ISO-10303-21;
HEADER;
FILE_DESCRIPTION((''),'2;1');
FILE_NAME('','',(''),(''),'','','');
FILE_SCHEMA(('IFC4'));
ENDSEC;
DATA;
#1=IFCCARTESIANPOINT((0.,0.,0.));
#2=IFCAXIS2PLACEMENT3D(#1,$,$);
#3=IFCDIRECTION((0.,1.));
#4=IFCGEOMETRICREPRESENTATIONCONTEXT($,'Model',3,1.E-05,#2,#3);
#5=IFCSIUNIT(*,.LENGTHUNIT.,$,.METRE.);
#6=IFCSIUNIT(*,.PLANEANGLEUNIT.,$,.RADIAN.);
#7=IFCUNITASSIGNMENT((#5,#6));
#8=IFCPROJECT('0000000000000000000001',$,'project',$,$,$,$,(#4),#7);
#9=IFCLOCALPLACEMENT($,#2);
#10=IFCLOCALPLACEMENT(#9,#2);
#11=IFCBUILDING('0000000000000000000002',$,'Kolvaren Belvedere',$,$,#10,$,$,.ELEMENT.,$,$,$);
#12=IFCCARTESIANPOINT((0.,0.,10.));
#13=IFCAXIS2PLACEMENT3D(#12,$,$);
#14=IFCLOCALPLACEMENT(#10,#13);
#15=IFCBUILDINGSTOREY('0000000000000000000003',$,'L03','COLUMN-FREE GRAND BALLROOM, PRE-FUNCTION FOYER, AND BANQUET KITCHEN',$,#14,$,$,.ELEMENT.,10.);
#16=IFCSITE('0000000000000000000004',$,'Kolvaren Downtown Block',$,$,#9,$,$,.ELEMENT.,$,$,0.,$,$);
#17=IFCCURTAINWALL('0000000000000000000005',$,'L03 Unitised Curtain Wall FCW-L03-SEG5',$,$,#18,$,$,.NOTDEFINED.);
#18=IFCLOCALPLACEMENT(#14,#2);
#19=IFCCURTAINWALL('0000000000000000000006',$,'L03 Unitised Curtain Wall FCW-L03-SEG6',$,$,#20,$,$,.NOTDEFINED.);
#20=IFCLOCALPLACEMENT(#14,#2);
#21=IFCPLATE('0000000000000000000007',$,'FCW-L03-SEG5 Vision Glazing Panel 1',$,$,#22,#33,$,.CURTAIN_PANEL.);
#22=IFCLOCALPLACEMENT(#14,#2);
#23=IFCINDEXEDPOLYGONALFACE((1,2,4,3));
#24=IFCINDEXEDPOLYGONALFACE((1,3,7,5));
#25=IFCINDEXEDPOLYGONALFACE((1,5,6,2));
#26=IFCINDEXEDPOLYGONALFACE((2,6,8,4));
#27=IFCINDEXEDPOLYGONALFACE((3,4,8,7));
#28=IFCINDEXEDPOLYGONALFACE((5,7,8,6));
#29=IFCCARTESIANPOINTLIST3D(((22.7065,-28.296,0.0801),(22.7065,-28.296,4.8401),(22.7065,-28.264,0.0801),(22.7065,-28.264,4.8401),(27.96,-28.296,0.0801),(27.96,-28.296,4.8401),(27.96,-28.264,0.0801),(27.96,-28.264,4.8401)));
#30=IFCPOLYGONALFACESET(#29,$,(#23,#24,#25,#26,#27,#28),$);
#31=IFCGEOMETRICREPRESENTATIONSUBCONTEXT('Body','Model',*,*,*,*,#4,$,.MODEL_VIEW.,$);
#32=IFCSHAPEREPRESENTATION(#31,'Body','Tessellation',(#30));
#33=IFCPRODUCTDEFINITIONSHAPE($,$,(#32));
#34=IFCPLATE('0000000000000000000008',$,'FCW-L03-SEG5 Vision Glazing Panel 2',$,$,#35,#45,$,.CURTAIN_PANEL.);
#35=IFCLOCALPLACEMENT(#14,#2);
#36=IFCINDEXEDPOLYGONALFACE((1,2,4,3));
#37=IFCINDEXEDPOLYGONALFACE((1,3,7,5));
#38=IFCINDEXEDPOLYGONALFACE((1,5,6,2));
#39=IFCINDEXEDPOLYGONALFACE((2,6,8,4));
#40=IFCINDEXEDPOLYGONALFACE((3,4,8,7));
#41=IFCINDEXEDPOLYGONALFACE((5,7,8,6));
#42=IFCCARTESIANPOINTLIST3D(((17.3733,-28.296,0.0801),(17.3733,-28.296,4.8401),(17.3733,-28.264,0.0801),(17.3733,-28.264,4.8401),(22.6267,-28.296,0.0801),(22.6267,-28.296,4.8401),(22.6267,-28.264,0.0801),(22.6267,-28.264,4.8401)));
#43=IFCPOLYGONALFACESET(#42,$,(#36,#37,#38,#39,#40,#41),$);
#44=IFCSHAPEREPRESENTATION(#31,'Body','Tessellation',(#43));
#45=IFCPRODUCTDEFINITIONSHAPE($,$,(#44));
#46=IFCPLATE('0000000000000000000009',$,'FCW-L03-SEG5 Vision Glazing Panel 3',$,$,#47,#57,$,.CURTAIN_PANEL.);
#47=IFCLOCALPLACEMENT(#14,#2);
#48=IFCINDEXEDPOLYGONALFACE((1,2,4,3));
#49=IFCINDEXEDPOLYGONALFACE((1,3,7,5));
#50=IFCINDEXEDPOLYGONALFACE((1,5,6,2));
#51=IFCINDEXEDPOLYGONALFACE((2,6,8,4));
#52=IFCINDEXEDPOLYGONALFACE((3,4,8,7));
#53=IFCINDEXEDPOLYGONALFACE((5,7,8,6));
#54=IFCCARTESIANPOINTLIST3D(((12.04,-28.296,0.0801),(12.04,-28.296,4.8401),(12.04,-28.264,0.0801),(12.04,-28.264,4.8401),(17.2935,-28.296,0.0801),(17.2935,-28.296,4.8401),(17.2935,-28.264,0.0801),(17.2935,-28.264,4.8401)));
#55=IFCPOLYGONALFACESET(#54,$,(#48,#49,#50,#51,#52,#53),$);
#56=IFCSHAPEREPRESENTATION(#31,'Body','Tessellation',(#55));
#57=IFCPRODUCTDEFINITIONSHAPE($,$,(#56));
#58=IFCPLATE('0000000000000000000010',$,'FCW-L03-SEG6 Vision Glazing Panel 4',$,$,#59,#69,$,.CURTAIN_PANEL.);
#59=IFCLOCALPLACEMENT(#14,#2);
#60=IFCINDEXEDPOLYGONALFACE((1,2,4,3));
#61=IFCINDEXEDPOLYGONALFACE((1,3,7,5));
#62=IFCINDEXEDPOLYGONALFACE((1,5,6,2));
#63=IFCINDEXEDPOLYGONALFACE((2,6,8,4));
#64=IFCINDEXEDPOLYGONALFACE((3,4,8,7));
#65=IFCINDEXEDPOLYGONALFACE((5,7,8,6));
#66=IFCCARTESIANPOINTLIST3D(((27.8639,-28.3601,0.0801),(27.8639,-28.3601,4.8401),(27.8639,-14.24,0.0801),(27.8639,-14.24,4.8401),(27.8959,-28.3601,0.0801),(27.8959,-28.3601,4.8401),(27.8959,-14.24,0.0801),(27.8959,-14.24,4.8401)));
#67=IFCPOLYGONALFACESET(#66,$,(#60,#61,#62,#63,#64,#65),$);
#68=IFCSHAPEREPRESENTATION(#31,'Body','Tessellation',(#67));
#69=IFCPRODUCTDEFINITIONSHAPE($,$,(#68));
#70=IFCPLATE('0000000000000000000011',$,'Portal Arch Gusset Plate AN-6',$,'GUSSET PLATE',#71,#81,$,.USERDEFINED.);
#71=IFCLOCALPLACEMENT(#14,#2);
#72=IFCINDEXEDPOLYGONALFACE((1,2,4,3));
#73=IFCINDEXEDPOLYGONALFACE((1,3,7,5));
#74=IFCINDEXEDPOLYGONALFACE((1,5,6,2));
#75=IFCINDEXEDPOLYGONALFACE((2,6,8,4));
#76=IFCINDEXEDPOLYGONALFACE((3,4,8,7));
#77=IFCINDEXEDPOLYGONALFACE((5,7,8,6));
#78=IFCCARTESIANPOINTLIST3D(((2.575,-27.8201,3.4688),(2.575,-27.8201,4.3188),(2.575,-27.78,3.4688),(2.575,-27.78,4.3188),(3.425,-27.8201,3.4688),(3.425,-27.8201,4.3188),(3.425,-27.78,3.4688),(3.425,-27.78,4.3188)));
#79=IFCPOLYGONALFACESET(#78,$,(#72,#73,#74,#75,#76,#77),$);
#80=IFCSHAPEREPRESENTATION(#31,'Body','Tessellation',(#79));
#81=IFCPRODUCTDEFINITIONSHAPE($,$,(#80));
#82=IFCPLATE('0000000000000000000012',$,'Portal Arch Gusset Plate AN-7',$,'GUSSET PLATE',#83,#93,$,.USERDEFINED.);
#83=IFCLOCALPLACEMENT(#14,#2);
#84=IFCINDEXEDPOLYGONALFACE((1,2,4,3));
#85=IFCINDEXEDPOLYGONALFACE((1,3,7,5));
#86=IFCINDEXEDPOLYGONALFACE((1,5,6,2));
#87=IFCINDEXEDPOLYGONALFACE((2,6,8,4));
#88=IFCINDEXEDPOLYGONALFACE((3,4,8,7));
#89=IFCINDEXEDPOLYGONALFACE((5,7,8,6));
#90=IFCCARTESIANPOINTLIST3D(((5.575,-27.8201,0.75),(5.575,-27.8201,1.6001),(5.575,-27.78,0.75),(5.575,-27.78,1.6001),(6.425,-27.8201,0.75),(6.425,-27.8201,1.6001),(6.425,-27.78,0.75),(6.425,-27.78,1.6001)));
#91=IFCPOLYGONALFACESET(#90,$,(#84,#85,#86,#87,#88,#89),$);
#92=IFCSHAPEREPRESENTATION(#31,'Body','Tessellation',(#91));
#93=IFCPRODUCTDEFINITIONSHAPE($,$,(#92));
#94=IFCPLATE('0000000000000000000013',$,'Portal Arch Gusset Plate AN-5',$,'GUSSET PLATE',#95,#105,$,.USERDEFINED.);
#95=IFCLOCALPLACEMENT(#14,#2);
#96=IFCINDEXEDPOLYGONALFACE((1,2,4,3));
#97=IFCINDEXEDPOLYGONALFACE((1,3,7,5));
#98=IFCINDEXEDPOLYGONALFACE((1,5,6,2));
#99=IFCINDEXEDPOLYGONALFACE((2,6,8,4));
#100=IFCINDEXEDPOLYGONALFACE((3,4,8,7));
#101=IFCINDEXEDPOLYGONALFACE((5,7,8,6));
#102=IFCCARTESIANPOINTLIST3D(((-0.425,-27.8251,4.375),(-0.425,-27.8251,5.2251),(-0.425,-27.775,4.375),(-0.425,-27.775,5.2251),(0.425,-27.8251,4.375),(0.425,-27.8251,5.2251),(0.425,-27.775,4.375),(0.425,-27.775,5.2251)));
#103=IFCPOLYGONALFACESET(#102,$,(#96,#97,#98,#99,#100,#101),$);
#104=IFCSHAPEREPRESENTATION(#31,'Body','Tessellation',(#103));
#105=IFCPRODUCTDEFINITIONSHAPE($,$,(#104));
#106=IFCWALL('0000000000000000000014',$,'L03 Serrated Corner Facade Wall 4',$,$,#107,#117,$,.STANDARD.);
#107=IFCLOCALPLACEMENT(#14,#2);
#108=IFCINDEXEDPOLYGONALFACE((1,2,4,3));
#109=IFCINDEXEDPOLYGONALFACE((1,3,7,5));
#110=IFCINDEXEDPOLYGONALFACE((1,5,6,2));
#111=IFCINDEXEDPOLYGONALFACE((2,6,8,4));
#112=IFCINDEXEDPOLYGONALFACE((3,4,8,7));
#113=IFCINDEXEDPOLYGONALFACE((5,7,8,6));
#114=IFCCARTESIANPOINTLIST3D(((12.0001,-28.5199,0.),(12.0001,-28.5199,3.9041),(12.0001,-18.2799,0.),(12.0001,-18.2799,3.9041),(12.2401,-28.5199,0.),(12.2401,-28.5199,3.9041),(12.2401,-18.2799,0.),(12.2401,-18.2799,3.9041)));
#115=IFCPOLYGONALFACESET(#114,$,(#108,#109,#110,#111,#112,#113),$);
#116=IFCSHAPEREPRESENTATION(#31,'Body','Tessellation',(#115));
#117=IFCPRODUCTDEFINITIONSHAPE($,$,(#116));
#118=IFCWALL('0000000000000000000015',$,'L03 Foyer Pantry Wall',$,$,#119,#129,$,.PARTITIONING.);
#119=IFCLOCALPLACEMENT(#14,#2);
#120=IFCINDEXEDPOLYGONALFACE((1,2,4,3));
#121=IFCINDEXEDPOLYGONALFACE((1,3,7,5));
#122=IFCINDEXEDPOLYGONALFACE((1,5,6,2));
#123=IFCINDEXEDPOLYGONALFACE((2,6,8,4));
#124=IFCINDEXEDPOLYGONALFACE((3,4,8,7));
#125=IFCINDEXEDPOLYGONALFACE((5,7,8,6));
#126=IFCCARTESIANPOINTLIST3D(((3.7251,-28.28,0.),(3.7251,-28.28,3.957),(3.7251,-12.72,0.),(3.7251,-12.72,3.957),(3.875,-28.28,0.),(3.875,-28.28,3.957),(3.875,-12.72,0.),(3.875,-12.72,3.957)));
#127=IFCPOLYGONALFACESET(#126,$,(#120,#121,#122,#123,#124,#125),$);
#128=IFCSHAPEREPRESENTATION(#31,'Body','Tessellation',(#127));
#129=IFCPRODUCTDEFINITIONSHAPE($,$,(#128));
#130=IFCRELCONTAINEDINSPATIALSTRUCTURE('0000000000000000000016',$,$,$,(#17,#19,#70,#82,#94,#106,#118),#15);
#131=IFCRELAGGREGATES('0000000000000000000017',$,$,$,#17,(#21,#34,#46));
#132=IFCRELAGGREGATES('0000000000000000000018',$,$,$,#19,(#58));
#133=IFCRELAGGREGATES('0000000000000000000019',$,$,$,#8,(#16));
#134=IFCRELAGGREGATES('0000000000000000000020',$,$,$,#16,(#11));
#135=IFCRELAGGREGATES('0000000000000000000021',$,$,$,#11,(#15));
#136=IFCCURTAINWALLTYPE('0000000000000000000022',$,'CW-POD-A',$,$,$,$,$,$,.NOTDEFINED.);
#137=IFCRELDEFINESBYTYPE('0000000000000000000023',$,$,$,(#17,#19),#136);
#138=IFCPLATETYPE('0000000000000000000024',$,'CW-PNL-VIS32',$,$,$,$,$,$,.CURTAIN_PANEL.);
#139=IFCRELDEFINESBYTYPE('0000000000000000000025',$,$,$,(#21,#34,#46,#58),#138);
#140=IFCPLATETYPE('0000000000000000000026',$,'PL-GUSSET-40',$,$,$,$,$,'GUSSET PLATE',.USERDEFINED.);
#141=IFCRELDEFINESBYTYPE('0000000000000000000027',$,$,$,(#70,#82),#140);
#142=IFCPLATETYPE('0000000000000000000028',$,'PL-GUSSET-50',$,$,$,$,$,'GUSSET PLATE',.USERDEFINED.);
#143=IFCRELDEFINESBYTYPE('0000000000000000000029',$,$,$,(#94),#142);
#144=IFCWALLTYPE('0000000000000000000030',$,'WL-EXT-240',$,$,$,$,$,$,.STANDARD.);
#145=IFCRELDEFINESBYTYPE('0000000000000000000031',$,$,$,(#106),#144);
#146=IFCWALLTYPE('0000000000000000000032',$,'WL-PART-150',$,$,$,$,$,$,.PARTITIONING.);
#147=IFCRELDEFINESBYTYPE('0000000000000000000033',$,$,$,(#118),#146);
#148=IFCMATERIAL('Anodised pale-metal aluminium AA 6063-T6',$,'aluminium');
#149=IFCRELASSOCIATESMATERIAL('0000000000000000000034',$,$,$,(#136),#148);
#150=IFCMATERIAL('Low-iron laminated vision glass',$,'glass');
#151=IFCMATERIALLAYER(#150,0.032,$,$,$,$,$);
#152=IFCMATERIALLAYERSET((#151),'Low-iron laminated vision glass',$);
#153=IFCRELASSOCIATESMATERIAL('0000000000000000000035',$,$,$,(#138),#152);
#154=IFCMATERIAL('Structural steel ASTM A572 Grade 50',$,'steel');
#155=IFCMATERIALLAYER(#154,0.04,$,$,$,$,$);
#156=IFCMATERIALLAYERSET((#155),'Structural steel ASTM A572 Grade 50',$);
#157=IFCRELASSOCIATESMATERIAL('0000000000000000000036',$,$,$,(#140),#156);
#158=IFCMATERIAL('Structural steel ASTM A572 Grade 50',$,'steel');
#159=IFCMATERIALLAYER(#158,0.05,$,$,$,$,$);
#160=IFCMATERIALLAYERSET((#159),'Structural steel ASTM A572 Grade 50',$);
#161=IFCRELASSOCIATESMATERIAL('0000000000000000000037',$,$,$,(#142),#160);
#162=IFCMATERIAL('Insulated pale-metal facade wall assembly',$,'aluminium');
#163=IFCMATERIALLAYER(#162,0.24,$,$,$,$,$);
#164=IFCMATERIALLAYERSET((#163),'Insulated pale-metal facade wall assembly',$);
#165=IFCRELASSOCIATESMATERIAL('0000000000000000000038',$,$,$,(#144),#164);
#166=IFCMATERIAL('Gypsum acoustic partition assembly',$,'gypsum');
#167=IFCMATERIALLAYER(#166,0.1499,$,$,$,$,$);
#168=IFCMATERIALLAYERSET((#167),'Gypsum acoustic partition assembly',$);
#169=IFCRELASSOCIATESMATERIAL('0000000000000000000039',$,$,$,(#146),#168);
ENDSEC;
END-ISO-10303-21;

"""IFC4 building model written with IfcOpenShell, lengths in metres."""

from ifc_helpers import new_model, si_unit, direction, frame, frame_2d, origin, origin_2d, place, context, subcontext, project, spatial, rectangle, extrude, material, layer, layer_set, type_object, element, aggregate, save


model = new_model("IFC4")

# Units and contexts
model_context = context("Model", 3, precision=1e-05, world=origin(), true_north=direction((0.0, 1.0)))
body_context = subcontext(model_context, "Body", "Model", "MODEL_VIEW")
ifc_project = project(units=[si_unit("LENGTHUNIT", "METRE"), si_unit("PLANEANGLEUNIT", "RADIAN")], contexts=[model_context])

# Site, building, storey
site_placement = place(None, origin())
site = spatial("IfcSite", under=ifc_project, at=site_placement, Name="Kolvaren Downtown Block", CompositionType="ELEMENT", RefElevation=0.0)
building_placement = place(site_placement, origin())
building = spatial("IfcBuilding", under=site, at=building_placement, Name="Kolvaren Belvedere", CompositionType="ELEMENT")
storey_placement = place(building_placement, frame((0.0, 0.0, 10.0)))
storey = spatial("IfcBuildingStorey", under=building, at=storey_placement, Name="L03", Description="COLUMN-FREE GRAND BALLROOM, PRE-FUNCTION FOYER, AND BANQUET KITCHEN", CompositionType="ELEMENT", Elevation=10.0)

# Curtain wall
ifc_material_1 = material(Name="Anodised pale-metal aluminium AA 6063-T6", Category="aluminium")
curtain_wall_type = type_object("IfcCurtainWallType", Name="CW-POD-A", PredefinedType="NOTDEFINED", material=ifc_material_1)
curtain_wall_1_placement = place(storey_placement, origin())
curtain_wall_1 = element("IfcCurtainWall", 1, at=curtain_wall_1_placement, inside=storey, type_object=curtain_wall_type, Name="L03 Unitised Curtain Wall FCW-L03-SEG5", PredefinedType="NOTDEFINED")

# Curtain wall
curtain_wall_2_placement = place(storey_placement, origin())
curtain_wall_2 = element("IfcCurtainWall", 2, at=curtain_wall_2_placement, inside=storey, type_object=curtain_wall_type, Name="L03 Unitised Curtain Wall FCW-L03-SEG6", PredefinedType="NOTDEFINED")

# Plates
ifc_material_2 = material(Name="Low-iron laminated vision glass", Category="glass")
ifc_layer_1 = layer(ifc_material_2, 0.032)
ifc_layer_set_1 = layer_set([ifc_layer_1], Name="Low-iron laminated vision glass")
plate_type_1 = type_object("IfcPlateType", Name="CW-PNL-VIS32", PredefinedType="CURTAIN_PANEL", material=ifc_layer_set_1)
plate_1_placement = place(storey_placement, frame((25.3333, -28.28, 0.0801), z_axis=(0.0, 0.0, 1.0), x_axis=(-1.0, 0.0, 0.0)))
plate_1 = element("IfcPlate", 3, at=plate_1_placement, type_object=plate_type_1, Name="FCW-L03-SEG5 Vision Glazing Panel 1", PredefinedType="CURTAIN_PANEL", context=body_context, shape_type="SweptSolid", body=[
    extrude(rectangle(XDim=5.2534, YDim=0.032, at=origin_2d()), origin(), (0.0, 0.0, 1.0), 4.76),
])
plate_2_placement = place(storey_placement, frame((20.0, -28.28, 0.0801), z_axis=(0.0, 0.0, 1.0), x_axis=(-1.0, 0.0, 0.0)))
plate_2 = element("IfcPlate", 4, at=plate_2_placement, type_object=plate_type_1, Name="FCW-L03-SEG5 Vision Glazing Panel 2", PredefinedType="CURTAIN_PANEL", context=body_context, shape_type="SweptSolid", body=[
    extrude(rectangle(XDim=5.2534, YDim=0.032, at=origin_2d()), origin(), (0.0, 0.0, 1.0), 4.76),
])
plate_3_placement = place(storey_placement, frame((14.6667, -28.28, 0.0801), z_axis=(0.0, 0.0, 1.0), x_axis=(-1.0, 0.0, 0.0)))
plate_3 = element("IfcPlate", 5, at=plate_3_placement, type_object=plate_type_1, Name="FCW-L03-SEG5 Vision Glazing Panel 3", PredefinedType="CURTAIN_PANEL", context=body_context, shape_type="SweptSolid", body=[
    extrude(rectangle(XDim=5.2534, YDim=0.032, at=origin_2d()), origin(), (0.0, 0.0, 1.0), 4.76),
])
aggregate(curtain_wall_1, [plate_1, plate_2, plate_3])
plate_4_placement = place(storey_placement, frame((27.8799, -21.3, 0.0801), z_axis=(0.0, 0.0, 1.0), x_axis=(0.0, -1.0, 0.0)))
plate_4 = element("IfcPlate", 6, at=plate_4_placement, type_object=plate_type_1, Name="FCW-L03-SEG6 Vision Glazing Panel 4", PredefinedType="CURTAIN_PANEL", context=body_context, shape_type="SweptSolid", body=[
    extrude(rectangle(XDim=14.1201, YDim=0.032, at=origin_2d()), origin(), (0.0, 0.0, 1.0), 4.76),
])
aggregate(curtain_wall_2, [plate_4])

# Plates
ifc_material_3 = material(Name="Structural steel ASTM A572 Grade 50", Category="steel")
ifc_layer_2 = layer(ifc_material_3, 0.04)
ifc_layer_set_2 = layer_set([ifc_layer_2], Name="Structural steel ASTM A572 Grade 50")
plate_type_2 = type_object("IfcPlateType", Name="PL-GUSSET-40", ElementType="GUSSET PLATE", PredefinedType="USERDEFINED", material=ifc_layer_set_2)
for number, where, z_axis, x_axis, name in (
    (7, (3.0, -27.8, 3.4688), (0.0, 0.0, 1.0), (1.0, 0.0, 0.0), "Portal Arch Gusset Plate AN-6"),
    (8, (6.0, -27.8, 0.75), (0.0, 0.0, 1.0), (1.0, 0.0, 0.0), "Portal Arch Gusset Plate AN-7"),
):
    element("IfcPlate", number, at=place(storey_placement, frame(where, z_axis=z_axis, x_axis=x_axis)), inside=storey, type_object=plate_type_2, Name=name, ObjectType="GUSSET PLATE", PredefinedType="USERDEFINED", context=body_context, shape_type="SweptSolid", body=[
        extrude(rectangle(XDim=0.8501, YDim=0.04, at=origin_2d()), origin(), (0.0, 0.0, 1.0), 0.8501),
    ])
ifc_material_4 = material(Name="Structural steel ASTM A572 Grade 50", Category="steel")
ifc_layer_3 = layer(ifc_material_4, 0.05)
ifc_layer_set_3 = layer_set([ifc_layer_3], Name="Structural steel ASTM A572 Grade 50")
plate_type_3 = type_object("IfcPlateType", Name="PL-GUSSET-50", ElementType="GUSSET PLATE", PredefinedType="USERDEFINED", material=ifc_layer_set_3)
plate_5_placement = place(storey_placement, frame((0.0, -27.8, 4.375), z_axis=(0.0, 0.0, 1.0), x_axis=(1.0, 0.0, 0.0)))
element("IfcPlate", 9, at=plate_5_placement, inside=storey, type_object=plate_type_3, Name="Portal Arch Gusset Plate AN-5", ObjectType="GUSSET PLATE", PredefinedType="USERDEFINED", context=body_context, shape_type="SweptSolid", body=[
    extrude(rectangle(XDim=0.8501, YDim=0.05, at=origin_2d()), origin(), (0.0, 0.0, 1.0), 0.8501),
])

# Walls
ifc_material_5 = material(Name="Insulated pale-metal facade wall assembly", Category="aluminium")
ifc_layer_4 = layer(ifc_material_5, 0.24)
ifc_layer_set_4 = layer_set([ifc_layer_4], Name="Insulated pale-metal facade wall assembly")
wall_type_1 = type_object("IfcWallType", Name="WL-EXT-240", PredefinedType="STANDARD", material=ifc_layer_set_4)
wall_1_placement = place(storey_placement, frame((12.1201, -28.52, 0.0), z_axis=(0.0, 0.0, 1.0), x_axis=(0.0, 1.0, 0.0)))
element("IfcWall", 10, at=wall_1_placement, inside=storey, type_object=wall_type_1, Name="L03 Serrated Corner Facade Wall 4", PredefinedType="STANDARD", context=body_context, shape_type="SweptSolid", body=[
    extrude(rectangle(XDim=10.24, YDim=0.24, at=frame_2d((5.1201, 0.0))), origin(), (0.0, 0.0, 1.0), 3.9041),
])
ifc_material_6 = material(Name="Gypsum acoustic partition assembly", Category="gypsum")
ifc_layer_5 = layer(ifc_material_6, 0.1499)
ifc_layer_set_5 = layer_set([ifc_layer_5], Name="Gypsum acoustic partition assembly")
wall_type_2 = type_object("IfcWallType", Name="WL-PART-150", PredefinedType="PARTITIONING", material=ifc_layer_set_5)
wall_2_placement = place(storey_placement, frame((3.8, -28.28, 0.0), z_axis=(0.0, 0.0, 1.0), x_axis=(0.0, 1.0, 0.0)))
element("IfcWall", 11, at=wall_2_placement, inside=storey, type_object=wall_type_2, Name="L03 Foyer Pantry Wall", PredefinedType="PARTITIONING", context=body_context, shape_type="SweptSolid", body=[
    extrude(rectangle(XDim=15.5601, YDim=0.1499, at=frame_2d((7.78, 0.0))), origin(), (0.0, 0.0, 1.0), 3.957),
])

save(model, "model.ifc")
